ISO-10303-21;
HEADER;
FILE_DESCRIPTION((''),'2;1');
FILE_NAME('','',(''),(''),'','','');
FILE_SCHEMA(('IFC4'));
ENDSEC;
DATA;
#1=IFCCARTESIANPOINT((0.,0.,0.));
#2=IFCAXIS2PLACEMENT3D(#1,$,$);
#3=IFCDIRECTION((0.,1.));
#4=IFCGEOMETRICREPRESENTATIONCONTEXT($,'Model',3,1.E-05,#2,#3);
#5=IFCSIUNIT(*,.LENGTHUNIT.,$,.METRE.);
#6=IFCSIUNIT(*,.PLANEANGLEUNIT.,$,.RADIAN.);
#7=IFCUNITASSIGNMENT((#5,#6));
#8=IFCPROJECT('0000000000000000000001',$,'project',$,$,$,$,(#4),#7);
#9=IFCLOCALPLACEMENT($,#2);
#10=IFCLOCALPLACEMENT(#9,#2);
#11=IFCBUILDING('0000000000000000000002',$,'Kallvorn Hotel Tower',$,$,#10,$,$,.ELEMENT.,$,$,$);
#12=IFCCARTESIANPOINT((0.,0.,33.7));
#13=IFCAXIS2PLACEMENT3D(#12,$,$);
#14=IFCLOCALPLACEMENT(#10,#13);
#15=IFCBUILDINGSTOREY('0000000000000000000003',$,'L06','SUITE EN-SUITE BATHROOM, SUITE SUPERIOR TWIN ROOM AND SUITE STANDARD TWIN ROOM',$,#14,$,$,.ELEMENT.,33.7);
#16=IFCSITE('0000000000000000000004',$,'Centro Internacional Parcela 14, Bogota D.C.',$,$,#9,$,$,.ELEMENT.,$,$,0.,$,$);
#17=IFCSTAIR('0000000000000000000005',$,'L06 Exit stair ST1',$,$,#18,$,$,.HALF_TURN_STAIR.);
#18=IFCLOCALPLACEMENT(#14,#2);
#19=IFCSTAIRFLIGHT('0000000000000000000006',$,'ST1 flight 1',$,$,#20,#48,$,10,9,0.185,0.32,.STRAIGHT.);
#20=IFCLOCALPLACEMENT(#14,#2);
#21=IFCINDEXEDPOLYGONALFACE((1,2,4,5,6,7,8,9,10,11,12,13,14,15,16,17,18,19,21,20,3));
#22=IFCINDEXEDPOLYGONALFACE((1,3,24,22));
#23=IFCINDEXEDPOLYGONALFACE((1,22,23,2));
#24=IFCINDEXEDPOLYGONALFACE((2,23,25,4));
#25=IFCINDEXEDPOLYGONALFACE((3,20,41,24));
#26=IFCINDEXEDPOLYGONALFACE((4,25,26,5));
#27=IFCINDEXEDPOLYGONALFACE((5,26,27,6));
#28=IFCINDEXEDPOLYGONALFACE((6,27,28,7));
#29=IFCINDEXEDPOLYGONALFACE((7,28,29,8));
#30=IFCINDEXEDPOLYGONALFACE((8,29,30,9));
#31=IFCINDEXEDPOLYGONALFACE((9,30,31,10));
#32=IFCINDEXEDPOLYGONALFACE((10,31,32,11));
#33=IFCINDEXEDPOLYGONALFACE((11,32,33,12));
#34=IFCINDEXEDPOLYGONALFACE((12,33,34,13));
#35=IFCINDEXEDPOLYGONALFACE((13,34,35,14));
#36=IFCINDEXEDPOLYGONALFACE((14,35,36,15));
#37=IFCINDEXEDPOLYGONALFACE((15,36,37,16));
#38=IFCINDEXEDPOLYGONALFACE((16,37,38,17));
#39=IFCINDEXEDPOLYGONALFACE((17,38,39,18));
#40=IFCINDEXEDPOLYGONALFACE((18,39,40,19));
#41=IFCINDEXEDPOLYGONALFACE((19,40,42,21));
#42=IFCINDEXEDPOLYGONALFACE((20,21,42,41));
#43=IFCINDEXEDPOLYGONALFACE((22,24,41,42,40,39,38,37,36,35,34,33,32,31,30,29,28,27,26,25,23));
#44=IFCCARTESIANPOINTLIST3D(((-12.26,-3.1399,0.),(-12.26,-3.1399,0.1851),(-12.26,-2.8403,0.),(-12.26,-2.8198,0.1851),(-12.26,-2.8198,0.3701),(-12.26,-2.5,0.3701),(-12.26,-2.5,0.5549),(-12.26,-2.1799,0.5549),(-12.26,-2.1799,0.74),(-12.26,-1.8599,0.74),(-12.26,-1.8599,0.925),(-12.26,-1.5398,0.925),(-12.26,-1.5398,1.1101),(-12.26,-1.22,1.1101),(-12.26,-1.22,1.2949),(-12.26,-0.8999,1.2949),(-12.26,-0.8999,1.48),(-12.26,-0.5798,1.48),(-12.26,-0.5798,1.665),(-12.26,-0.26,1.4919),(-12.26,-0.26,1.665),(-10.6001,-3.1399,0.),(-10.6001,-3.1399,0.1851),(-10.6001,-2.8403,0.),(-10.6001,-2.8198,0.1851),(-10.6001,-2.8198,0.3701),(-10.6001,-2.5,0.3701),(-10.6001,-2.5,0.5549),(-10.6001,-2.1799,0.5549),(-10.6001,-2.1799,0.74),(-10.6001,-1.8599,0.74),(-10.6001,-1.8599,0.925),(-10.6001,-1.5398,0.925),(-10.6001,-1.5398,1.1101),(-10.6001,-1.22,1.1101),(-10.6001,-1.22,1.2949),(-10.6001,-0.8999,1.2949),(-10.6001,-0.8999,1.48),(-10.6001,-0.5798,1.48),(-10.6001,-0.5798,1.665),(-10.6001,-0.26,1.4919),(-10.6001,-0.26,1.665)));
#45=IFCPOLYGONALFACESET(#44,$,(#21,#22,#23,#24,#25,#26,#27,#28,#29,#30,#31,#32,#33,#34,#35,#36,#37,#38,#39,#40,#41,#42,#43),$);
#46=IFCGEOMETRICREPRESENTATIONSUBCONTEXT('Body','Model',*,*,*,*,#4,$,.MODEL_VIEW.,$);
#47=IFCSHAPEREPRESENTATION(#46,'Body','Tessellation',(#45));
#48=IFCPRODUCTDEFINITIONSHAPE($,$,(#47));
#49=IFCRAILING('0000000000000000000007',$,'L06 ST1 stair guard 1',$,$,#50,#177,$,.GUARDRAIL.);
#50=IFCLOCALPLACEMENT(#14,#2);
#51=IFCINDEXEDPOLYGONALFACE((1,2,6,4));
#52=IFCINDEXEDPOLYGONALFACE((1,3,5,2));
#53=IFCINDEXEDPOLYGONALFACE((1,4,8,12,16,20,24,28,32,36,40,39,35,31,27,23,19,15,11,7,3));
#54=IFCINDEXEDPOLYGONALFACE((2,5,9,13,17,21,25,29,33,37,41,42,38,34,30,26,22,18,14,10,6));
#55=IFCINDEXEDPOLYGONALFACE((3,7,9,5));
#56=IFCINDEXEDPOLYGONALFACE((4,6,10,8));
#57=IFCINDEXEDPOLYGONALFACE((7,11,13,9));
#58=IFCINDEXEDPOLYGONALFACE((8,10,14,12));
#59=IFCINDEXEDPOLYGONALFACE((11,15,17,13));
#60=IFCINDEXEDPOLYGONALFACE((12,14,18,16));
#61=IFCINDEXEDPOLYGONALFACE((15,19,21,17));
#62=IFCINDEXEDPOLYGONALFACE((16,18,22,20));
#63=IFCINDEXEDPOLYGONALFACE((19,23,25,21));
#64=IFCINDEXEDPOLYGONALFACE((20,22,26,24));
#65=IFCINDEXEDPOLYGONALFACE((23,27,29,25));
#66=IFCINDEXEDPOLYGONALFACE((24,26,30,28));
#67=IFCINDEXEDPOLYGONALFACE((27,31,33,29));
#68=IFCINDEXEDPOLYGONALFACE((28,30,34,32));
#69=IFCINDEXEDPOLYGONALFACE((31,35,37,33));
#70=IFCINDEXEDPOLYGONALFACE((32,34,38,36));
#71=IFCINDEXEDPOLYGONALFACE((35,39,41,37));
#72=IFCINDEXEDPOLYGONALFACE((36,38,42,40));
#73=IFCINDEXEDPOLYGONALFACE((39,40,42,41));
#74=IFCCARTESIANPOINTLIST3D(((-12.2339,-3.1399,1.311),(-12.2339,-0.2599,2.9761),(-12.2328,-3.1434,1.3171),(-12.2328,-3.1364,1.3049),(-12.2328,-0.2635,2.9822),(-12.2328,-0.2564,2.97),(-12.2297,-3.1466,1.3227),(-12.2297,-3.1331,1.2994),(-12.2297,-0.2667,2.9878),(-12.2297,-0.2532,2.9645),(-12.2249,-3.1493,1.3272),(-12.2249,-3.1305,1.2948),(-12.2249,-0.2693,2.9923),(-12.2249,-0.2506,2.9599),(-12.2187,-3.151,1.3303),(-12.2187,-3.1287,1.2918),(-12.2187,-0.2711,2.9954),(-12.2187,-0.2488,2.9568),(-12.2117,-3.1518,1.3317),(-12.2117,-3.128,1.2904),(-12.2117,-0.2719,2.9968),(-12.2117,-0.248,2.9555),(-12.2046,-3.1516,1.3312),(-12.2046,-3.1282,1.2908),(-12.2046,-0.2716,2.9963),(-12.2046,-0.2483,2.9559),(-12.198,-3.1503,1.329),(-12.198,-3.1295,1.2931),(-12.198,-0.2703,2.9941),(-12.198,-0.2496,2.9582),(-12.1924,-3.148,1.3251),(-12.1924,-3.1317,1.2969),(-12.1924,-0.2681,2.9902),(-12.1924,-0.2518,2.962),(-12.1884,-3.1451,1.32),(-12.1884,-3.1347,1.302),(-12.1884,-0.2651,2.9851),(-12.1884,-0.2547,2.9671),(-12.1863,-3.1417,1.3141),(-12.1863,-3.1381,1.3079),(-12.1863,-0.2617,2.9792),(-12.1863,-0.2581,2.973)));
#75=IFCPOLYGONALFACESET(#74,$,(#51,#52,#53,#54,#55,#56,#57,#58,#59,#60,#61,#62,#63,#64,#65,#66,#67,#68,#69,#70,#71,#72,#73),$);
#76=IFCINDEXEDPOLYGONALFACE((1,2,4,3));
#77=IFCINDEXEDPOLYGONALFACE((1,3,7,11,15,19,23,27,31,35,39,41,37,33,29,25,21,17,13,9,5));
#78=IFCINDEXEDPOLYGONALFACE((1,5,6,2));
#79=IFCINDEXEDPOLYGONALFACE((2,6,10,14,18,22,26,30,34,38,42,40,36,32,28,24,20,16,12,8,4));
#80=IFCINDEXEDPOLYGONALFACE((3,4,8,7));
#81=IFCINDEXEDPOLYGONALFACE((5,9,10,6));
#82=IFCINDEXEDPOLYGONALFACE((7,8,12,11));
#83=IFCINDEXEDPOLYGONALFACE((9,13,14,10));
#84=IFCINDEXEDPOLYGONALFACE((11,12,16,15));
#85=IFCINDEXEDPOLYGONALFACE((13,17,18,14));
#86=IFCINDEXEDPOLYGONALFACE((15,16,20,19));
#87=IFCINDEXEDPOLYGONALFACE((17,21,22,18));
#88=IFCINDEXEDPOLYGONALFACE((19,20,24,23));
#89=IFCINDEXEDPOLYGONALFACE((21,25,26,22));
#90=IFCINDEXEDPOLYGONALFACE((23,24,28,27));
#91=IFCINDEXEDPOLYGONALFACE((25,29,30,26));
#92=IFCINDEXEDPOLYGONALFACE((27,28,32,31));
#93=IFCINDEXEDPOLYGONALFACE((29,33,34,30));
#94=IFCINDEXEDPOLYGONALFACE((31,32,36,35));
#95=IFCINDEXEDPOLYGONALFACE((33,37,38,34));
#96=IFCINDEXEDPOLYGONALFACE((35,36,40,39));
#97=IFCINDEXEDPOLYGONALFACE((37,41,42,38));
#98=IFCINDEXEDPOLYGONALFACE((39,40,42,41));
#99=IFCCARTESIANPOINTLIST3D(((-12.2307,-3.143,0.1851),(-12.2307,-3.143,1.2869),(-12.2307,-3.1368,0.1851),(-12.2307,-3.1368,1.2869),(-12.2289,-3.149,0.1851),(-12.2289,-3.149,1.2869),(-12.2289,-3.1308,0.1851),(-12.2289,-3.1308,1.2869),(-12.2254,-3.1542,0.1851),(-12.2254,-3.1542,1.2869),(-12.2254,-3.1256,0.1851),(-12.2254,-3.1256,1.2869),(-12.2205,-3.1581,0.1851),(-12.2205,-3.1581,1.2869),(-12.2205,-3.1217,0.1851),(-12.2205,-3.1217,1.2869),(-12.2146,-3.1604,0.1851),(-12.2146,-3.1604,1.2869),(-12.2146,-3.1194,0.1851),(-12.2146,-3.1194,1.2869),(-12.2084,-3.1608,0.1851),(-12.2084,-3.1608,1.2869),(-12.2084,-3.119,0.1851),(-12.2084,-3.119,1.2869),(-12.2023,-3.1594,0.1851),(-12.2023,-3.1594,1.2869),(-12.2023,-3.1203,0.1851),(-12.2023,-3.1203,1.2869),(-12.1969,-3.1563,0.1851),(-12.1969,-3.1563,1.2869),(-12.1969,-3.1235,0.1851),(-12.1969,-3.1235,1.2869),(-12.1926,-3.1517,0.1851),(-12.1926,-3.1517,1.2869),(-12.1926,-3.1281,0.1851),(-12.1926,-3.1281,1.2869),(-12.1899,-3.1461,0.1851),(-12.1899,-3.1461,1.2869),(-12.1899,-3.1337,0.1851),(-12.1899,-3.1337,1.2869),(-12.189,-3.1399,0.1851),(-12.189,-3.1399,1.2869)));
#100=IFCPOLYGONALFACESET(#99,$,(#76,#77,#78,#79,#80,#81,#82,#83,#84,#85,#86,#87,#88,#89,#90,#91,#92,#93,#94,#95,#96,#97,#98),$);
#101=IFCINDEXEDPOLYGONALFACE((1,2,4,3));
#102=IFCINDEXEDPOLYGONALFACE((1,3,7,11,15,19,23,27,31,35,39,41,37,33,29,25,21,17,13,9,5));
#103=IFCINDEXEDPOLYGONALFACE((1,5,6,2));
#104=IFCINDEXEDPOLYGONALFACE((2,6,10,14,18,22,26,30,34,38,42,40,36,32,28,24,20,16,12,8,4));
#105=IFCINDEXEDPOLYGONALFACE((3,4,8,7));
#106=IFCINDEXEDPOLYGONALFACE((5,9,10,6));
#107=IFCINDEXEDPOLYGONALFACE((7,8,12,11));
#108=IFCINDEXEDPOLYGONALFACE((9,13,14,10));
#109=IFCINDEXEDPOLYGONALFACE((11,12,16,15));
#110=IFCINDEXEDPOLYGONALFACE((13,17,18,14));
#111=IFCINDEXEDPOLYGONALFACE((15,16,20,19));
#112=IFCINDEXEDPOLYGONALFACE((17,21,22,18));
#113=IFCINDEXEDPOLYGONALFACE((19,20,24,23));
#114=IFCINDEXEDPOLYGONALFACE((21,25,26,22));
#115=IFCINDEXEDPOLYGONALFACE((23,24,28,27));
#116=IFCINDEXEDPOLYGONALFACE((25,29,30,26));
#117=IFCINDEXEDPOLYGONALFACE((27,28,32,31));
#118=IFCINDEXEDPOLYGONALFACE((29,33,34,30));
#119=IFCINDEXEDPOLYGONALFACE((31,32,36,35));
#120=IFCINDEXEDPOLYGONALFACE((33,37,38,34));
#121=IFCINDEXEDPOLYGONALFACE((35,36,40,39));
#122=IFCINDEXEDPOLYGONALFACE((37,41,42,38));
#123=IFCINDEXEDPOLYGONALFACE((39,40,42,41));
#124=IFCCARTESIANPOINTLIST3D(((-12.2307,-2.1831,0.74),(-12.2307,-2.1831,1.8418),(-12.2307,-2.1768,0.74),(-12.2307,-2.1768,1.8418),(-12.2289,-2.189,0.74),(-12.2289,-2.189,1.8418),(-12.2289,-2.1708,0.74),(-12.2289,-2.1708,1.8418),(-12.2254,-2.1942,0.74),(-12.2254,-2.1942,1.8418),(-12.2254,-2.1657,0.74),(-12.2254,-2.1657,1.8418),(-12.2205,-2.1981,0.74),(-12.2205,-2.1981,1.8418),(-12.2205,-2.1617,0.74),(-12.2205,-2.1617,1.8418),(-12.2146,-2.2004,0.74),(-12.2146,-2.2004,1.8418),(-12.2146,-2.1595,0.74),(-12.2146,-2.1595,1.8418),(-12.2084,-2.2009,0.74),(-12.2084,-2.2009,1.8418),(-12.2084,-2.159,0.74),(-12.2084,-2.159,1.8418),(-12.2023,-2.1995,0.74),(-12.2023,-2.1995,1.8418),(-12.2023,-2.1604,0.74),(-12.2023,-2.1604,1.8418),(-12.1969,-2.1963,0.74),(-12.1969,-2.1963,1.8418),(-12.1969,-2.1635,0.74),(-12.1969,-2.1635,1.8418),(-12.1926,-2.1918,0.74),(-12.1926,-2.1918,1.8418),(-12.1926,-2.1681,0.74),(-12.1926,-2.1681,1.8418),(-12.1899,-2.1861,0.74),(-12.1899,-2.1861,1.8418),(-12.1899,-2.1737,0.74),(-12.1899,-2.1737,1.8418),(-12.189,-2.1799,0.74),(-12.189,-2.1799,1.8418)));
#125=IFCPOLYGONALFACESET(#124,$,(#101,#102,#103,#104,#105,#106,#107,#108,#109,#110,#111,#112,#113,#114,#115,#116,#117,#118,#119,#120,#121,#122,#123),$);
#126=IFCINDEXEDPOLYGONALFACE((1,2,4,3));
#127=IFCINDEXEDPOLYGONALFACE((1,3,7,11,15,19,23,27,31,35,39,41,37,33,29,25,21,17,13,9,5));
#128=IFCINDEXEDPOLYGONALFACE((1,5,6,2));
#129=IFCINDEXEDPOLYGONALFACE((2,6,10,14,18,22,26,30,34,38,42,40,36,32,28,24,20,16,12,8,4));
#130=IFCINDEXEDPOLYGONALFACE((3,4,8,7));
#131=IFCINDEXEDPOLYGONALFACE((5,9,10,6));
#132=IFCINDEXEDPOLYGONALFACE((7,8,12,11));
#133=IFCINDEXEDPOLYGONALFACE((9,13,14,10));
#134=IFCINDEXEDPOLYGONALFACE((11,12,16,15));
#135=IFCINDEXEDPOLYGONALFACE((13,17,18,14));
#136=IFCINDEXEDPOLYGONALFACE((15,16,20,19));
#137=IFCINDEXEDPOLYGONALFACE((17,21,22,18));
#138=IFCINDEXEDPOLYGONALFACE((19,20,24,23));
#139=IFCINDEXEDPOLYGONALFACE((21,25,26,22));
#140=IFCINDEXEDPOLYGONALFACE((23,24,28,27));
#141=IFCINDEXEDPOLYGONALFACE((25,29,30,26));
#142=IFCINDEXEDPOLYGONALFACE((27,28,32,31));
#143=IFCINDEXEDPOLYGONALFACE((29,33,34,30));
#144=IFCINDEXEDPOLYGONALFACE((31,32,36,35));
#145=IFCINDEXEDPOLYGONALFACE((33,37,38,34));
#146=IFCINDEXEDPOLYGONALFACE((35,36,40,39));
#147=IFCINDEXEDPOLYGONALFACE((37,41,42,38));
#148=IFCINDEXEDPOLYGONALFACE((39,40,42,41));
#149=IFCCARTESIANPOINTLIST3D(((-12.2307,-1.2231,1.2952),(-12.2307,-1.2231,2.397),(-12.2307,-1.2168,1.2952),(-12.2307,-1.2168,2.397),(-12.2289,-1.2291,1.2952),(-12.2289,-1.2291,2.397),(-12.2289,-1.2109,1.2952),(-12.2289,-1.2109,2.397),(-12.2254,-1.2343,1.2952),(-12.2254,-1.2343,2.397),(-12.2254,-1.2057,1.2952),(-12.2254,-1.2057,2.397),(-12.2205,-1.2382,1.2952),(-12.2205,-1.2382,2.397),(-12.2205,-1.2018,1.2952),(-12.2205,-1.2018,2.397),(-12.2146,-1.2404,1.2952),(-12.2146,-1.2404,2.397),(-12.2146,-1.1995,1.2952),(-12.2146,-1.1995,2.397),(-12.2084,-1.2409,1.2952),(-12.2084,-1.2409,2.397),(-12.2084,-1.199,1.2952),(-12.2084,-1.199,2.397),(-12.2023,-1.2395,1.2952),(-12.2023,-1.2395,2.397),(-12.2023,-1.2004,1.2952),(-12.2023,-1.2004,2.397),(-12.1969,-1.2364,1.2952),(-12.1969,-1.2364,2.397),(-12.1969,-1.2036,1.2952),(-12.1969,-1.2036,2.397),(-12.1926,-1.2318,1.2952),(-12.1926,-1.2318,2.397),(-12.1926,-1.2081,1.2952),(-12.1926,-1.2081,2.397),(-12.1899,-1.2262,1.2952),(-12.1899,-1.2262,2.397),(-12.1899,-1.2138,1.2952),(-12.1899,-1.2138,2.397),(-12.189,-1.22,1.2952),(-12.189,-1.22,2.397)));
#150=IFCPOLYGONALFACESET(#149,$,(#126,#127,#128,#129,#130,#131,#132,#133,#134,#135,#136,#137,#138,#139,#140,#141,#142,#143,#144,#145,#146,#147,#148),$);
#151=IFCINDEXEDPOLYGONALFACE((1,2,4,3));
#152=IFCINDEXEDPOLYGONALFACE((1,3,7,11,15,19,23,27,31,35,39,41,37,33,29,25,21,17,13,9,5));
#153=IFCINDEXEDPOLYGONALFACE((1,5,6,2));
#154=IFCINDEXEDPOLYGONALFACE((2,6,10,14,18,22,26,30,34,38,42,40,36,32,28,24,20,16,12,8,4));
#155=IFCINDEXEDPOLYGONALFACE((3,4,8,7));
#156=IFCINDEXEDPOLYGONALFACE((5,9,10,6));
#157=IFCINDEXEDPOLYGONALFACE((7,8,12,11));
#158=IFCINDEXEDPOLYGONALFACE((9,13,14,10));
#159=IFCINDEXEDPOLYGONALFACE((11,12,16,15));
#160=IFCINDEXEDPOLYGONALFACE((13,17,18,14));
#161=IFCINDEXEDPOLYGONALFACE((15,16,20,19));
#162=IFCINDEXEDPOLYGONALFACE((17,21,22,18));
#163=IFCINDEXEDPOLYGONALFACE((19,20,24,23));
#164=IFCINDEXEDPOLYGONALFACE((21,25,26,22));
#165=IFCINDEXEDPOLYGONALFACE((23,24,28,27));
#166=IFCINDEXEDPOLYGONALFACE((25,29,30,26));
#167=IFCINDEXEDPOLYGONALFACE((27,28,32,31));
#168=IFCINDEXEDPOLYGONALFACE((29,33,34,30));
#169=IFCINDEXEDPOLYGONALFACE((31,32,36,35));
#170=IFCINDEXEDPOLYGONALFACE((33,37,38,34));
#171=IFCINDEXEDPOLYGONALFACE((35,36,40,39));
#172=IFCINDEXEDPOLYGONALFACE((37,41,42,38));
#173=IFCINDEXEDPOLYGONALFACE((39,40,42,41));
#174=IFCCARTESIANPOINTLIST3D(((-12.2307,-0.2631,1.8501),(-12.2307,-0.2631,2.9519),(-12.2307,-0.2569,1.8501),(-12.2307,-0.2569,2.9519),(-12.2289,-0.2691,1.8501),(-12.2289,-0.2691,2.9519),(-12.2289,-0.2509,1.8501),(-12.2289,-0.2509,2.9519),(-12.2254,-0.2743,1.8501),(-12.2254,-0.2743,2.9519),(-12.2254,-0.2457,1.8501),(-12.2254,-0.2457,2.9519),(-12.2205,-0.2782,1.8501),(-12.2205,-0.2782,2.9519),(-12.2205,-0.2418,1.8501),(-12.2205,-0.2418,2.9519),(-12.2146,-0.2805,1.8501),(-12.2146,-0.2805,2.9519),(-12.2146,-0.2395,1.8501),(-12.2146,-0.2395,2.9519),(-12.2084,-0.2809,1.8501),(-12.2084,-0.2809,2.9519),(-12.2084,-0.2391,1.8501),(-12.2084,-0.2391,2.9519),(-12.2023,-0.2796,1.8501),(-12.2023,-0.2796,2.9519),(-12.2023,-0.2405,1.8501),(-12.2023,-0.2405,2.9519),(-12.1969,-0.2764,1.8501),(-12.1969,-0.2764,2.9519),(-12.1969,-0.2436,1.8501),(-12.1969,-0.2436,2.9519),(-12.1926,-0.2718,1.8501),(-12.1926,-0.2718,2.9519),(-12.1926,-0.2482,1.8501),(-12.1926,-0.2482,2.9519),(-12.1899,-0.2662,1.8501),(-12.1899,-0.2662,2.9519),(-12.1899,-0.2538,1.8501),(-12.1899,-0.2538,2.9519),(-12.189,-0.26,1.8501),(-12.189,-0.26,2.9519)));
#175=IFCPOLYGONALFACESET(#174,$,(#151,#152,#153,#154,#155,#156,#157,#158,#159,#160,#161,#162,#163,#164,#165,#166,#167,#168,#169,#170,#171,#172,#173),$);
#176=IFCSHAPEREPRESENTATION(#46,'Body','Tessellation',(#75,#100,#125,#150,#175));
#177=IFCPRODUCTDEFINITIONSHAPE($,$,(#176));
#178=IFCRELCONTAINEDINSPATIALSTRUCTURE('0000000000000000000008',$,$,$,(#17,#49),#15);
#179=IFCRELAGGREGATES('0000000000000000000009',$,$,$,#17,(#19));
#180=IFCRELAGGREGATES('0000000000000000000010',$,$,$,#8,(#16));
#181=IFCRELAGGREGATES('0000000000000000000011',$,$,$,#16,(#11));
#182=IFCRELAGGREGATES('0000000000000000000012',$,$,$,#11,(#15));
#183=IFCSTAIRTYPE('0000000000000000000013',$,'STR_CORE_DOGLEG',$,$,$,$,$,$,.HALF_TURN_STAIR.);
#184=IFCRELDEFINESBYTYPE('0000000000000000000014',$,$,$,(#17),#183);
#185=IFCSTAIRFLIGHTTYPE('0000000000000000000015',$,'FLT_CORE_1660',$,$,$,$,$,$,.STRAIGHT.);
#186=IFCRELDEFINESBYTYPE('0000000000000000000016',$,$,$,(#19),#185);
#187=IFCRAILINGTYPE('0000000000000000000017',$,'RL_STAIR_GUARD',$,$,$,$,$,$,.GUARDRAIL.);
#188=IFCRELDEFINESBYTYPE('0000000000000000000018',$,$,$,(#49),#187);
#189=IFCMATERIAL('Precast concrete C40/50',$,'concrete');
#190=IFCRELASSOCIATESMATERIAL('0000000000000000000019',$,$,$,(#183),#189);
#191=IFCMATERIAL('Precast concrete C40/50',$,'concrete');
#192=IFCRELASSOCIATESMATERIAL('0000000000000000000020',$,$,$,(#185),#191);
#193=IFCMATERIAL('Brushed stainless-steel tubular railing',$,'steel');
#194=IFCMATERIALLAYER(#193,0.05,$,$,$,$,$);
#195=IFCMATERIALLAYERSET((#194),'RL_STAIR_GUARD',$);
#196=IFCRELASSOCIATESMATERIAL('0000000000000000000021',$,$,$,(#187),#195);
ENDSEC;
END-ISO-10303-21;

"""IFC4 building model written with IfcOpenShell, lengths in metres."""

from ifc_helpers import new_model, si_unit, direction, frame, origin, origin_2d, place, context, subcontext, project, spatial, polyline, circle, outline, extrude, material, layer, layer_set, type_object, element, aggregate, save


model = new_model("IFC4")

# Units and contexts
model_context = context("Model", 3, precision=1e-05, world=origin(), true_north=direction((0.0, 1.0)))
body_context = subcontext(model_context, "Body", "Model", "MODEL_VIEW")
ifc_project = project(units=[si_unit("LENGTHUNIT", "METRE"), si_unit("PLANEANGLEUNIT", "RADIAN")], contexts=[model_context])

# Site, building, storey
site_placement = place(None, origin())
site = spatial("IfcSite", under=ifc_project, at=site_placement, Name="Centro Internacional Parcela 14, Bogota D.C.", CompositionType="ELEMENT", RefElevation=0.0)
building_placement = place(site_placement, origin())
building = spatial("IfcBuilding", under=site, at=building_placement, Name="Kallvorn Hotel Tower", CompositionType="ELEMENT")
storey_placement = place(building_placement, frame((0.0, 0.0, 33.7)))
storey = spatial("IfcBuildingStorey", under=building, at=storey_placement, Name="L06", Description="SUITE EN-SUITE BATHROOM, SUITE SUPERIOR TWIN ROOM AND SUITE STANDARD TWIN ROOM", CompositionType="ELEMENT", Elevation=33.7)

# Stair, stair flight
ifc_material_1 = material(Name="Precast concrete C40/50", Category="concrete")
stair_type = type_object("IfcStairType", Name="STR_CORE_DOGLEG", PredefinedType="HALF_TURN_STAIR", material=ifc_material_1)
stair_placement = place(storey_placement, origin())
stair = element("IfcStair", 1, at=stair_placement, inside=storey, type_object=stair_type, Name="L06 Exit stair ST1", PredefinedType="HALF_TURN_STAIR")
ifc_material_2 = material(Name="Precast concrete C40/50", Category="concrete")
stair_flight_type = type_object("IfcStairFlightType", Name="FLT_CORE_1660", PredefinedType="STRAIGHT", material=ifc_material_2)
stair_flight_placement = place(storey_placement, frame((-11.4299, -3.1399, 0.0), z_axis=(0.0, 0.0, 1.0), x_axis=(0.0, 1.0, 0.0)))
stair_flight = element("IfcStairFlight", 2, at=stair_flight_placement, type_object=stair_flight_type, Name="ST1 flight 1", NumberOfRisers=10, NumberOfTreads=9, PredefinedType="STRAIGHT", RiserHeight=0.185, TreadLength=0.32, context=body_context, shape_type="SweptSolid", body=[
    extrude(outline(polyline([(0.0, 0.0), (0.0, 0.1851), (0.3201, 0.1851), (0.3201, 0.3701), (0.6399, 0.3701), (0.6399, 0.5549), (0.96, 0.5549), (0.96, 0.74), (1.28, 0.74), (1.28, 0.925), (1.6001, 0.925), (1.6001, 1.1101), (1.9199, 1.1101), (1.9199, 1.2949), (2.24, 1.2949), (2.24, 1.48), (2.5601, 1.48), (2.5601, 1.665), (2.8799, 1.665), (2.8799, 1.8501), (2.8799, 1.4919), (0.2996, 0.0), (0.0, 0.0)])), frame((0.0, 0.8301, 0.0), z_axis=(0.0, -1.0, 0.0), x_axis=(1.0, 0.0, 0.0)), (0.0, 0.0, 1.0), 1.6599),
])
aggregate(stair, [stair_flight])

# Railing
ifc_material_3 = material(Name="Brushed stainless-steel tubular railing", Category="steel")
ifc_layer_1 = layer(ifc_material_3, 0.05)
ifc_layer_set_1 = layer_set([ifc_layer_1], Name="RL_STAIR_GUARD")
railing_type = type_object("IfcRailingType", Name="RL_STAIR_GUARD", PredefinedType="GUARDRAIL", material=ifc_layer_set_1)
railing_1_placement = place(storey_placement, frame((-12.21, -3.1399, 0.1851)))
element("IfcRailing", 3, at=railing_1_placement, inside=storey, type_object=railing_type, Name="L06 ST1 stair guard 1", PredefinedType="GUARDRAIL", context=body_context, shape_type="SweptSolid", body=[
    extrude(circle(Radius=0.0239, at=origin_2d()), frame((0.0, 0.0, 1.126), z_axis=(0.0, 0.865721, 0.500527), x_axis=(-1.0, 0.0, 0.0)), (0.0, 0.0, 1.0), 3.3267),
    extrude(circle(Radius=0.021, at=origin_2d()), origin(), (0.0, 0.0, 1.0), 1.1018),
    extrude(circle(Radius=0.021, at=origin_2d()), frame((0.0, 0.96, 0.5549)), (0.0, 0.0, 1.0), 1.1018),
    extrude(circle(Radius=0.021, at=origin_2d()), frame((0.0, 1.9199, 1.1101)), (0.0, 0.0, 1.0), 1.1018),
    extrude(circle(Radius=0.021, at=origin_2d()), frame((0.0, 2.8799, 1.665)), (0.0, 0.0, 1.0), 1.1018),
])

save(model, "model.ifc")
